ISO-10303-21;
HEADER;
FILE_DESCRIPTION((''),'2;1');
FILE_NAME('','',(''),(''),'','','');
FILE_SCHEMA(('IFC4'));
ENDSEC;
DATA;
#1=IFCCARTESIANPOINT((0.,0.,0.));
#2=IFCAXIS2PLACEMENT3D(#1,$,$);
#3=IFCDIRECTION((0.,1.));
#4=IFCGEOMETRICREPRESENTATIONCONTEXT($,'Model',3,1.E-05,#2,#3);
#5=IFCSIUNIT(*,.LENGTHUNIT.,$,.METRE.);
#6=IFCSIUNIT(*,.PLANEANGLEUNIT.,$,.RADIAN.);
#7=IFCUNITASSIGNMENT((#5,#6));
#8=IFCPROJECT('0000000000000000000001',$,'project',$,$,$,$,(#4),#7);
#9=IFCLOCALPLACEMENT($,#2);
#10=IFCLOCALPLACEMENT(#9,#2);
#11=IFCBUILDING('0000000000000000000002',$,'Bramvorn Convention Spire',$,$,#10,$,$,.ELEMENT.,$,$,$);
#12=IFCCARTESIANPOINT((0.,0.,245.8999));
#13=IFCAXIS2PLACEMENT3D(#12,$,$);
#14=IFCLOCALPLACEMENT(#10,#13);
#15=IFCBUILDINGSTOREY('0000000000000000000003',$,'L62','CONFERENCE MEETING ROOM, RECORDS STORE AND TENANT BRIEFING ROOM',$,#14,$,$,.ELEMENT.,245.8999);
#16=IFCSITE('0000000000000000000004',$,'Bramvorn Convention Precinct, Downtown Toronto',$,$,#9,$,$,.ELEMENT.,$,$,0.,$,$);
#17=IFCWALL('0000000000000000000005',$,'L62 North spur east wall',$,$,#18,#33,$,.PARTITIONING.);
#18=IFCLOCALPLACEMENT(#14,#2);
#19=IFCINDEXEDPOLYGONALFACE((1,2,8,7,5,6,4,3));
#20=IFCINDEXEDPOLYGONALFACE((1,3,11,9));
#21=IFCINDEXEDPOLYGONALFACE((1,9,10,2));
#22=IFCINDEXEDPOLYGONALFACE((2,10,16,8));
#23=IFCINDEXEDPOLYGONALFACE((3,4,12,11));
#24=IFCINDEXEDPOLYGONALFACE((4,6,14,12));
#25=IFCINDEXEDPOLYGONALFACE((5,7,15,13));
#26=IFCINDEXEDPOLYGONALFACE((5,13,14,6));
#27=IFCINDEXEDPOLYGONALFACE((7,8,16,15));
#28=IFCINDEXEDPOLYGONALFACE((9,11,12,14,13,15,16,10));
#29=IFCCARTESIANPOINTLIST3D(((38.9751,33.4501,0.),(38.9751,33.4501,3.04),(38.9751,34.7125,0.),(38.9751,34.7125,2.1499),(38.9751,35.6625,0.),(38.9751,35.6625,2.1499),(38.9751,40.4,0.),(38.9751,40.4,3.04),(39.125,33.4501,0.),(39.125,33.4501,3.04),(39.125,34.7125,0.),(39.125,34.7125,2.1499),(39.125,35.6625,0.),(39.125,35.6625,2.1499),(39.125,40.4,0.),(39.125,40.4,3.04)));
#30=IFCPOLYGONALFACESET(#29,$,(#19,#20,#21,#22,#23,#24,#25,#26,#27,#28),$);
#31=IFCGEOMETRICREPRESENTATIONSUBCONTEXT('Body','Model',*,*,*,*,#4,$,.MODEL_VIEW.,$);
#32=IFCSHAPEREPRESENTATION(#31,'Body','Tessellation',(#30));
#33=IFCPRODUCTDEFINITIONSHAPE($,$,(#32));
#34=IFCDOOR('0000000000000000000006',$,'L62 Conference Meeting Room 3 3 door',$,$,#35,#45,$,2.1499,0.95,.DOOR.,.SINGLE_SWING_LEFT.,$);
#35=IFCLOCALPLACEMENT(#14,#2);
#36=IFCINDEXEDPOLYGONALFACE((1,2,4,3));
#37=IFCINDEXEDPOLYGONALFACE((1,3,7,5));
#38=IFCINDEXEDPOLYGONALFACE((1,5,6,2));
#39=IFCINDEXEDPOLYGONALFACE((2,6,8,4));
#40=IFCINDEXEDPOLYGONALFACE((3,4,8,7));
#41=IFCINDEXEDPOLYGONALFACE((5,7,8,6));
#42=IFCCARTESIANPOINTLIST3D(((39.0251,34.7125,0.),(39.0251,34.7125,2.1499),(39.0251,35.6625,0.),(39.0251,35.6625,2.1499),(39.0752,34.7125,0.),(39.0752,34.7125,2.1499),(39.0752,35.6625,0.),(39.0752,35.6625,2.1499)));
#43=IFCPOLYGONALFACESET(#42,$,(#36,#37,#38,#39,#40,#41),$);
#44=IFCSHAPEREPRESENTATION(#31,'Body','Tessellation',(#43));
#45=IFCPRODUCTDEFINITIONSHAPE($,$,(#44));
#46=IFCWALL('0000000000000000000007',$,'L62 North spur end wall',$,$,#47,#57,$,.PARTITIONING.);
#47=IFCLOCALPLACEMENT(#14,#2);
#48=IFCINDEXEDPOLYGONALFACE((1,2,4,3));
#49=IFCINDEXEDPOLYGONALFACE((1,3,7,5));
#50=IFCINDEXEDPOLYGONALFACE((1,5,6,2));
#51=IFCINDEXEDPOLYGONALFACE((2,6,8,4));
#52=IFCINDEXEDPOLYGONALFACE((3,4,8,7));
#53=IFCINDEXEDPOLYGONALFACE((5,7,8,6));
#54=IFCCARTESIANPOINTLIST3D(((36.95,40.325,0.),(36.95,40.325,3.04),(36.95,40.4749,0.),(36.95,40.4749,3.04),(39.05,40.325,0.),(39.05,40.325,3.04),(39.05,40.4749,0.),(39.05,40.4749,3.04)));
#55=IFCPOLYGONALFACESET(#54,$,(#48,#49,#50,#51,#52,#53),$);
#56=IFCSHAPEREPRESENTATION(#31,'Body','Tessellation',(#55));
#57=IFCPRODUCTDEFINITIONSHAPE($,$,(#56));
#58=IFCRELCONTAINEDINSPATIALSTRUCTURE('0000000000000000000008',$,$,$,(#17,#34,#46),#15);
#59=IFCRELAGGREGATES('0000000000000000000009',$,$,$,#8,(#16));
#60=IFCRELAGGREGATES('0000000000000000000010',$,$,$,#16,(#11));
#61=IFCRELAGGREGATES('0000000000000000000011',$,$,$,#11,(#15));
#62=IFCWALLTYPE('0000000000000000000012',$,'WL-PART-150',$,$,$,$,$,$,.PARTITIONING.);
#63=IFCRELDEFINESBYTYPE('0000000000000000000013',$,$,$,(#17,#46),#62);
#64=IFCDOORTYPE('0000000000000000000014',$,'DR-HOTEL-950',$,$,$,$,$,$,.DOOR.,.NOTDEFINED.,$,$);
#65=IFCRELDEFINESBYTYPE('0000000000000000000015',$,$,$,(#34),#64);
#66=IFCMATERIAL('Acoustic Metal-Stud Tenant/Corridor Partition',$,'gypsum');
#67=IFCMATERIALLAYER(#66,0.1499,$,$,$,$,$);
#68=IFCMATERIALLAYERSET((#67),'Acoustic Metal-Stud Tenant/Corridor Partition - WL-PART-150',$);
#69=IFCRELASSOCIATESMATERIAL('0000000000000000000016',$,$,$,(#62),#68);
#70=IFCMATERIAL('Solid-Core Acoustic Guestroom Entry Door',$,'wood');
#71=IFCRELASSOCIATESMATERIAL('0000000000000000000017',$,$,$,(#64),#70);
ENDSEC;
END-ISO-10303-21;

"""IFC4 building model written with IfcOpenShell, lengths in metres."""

from ifc_helpers import new_model, si_unit, direction, frame, frame_2d, origin, place, context, subcontext, project, spatial, rectangle, extrude, material, layer, layer_set, type_object, element, fill, save


model = new_model("IFC4")

# Units and contexts
model_context = context("Model", 3, precision=1e-05, world=origin(), true_north=direction((0.0, 1.0)))
body_context = subcontext(model_context, "Body", "Model", "MODEL_VIEW")
ifc_project = project(units=[si_unit("LENGTHUNIT", "METRE"), si_unit("PLANEANGLEUNIT", "RADIAN")], contexts=[model_context])

# Site, building, storey
site_placement = place(None, origin())
site = spatial("IfcSite", under=ifc_project, at=site_placement, Name="Bramvorn Convention Precinct, Downtown Toronto", CompositionType="ELEMENT", RefElevation=0.0)
building_placement = place(site_placement, origin())
building = spatial("IfcBuilding", under=site, at=building_placement, Name="Bramvorn Convention Spire", CompositionType="ELEMENT")
storey_placement = place(building_placement, frame((0.0, 0.0, 245.8999)))
storey = spatial("IfcBuildingStorey", under=building, at=storey_placement, Name="L62", Description="CONFERENCE MEETING ROOM, RECORDS STORE AND TENANT BRIEFING ROOM", CompositionType="ELEMENT", Elevation=245.8999)

# Shared definitions
ifc_material_1 = material(Name="Acoustic Metal-Stud Tenant/Corridor Partition", Category="gypsum")
ifc_layer_1 = layer(ifc_material_1, 0.1499)
ifc_layer_set_1 = layer_set([ifc_layer_1], Name="Acoustic Metal-Stud Tenant/Corridor Partition - WL-PART-150")
wall_type_1 = type_object("IfcWallType", Name="WL-PART-150", PredefinedType="PARTITIONING", material=ifc_layer_set_1)

# Wall, opening, door
wall_1_placement = place(storey_placement, frame((39.05, 33.45, 0.0), z_axis=(0.0, 0.0, 1.0), x_axis=(0.0, 1.0, 0.0)))
wall_1 = element("IfcWall", 1, at=wall_1_placement, inside=storey, type_object=wall_type_1, Name="L62 North spur east wall", PredefinedType="PARTITIONING", context=body_context, shape_type="SweptSolid", body=[
    extrude(rectangle(XDim=6.95, YDim=0.1499, at=frame_2d((3.4751, 0.0))), origin(), (0.0, 0.0, 1.0), 3.04),
])
opening_placement = place(wall_1_placement, frame((1.2625, 0.0, 0.0)))
opening = element("IfcOpeningElement", 2, at=opening_placement, cuts=wall_1, PredefinedType="OPENING", context=body_context, shape_type="SweptSolid", body=[
    extrude(rectangle(XDim=0.95, YDim=2.1499, at=frame_2d((0.4751, 1.075))), frame((0.0, 0.085, 0.0), z_axis=(0.0, -1.0, 0.0), x_axis=(1.0, 0.0, 0.0)), (0.0, 0.0, 1.0), 0.1699),
])
ifc_material_2 = material(Name="Solid-Core Acoustic Guestroom Entry Door", Category="wood")
door_type = type_object("IfcDoorType", Name="DR-HOTEL-950", OperationType="NOTDEFINED", PredefinedType="DOOR", material=ifc_material_2)
door_placement = place(opening_placement, origin())
door = element("IfcDoor", 3, at=door_placement, inside=storey, type_object=door_type, Name="L62 Conference Meeting Room 3 3 door", OperationType="SINGLE_SWING_LEFT", OverallHeight=2.1499, OverallWidth=0.95, PredefinedType="DOOR", context=body_context, shape_type="SweptSolid", body=[
    extrude(rectangle(XDim=0.95, YDim=2.1499, at=frame_2d((0.4751, 1.075))), frame((0.0, 0.0249, 0.0), z_axis=(0.0, -1.0, 0.0), x_axis=(1.0, 0.0, 0.0)), (0.0, 0.0, 1.0), 0.05),
])
fill(opening, door)

# Wall
wall_2_placement = place(storey_placement, frame((36.95, 40.3999, 0.0), z_axis=(0.0, 0.0, 1.0), x_axis=(1.0, 0.0, 0.0)))
element("IfcWall", 4, at=wall_2_placement, inside=storey, type_object=wall_type_1, Name="L62 North spur end wall", PredefinedType="PARTITIONING", context=body_context, shape_type="SweptSolid", body=[
    extrude(rectangle(XDim=2.1001, YDim=0.1499, at=frame_2d((1.05, 0.0))), origin(), (0.0, 0.0, 1.0), 3.04),
])

save(model, "model.ifc")
